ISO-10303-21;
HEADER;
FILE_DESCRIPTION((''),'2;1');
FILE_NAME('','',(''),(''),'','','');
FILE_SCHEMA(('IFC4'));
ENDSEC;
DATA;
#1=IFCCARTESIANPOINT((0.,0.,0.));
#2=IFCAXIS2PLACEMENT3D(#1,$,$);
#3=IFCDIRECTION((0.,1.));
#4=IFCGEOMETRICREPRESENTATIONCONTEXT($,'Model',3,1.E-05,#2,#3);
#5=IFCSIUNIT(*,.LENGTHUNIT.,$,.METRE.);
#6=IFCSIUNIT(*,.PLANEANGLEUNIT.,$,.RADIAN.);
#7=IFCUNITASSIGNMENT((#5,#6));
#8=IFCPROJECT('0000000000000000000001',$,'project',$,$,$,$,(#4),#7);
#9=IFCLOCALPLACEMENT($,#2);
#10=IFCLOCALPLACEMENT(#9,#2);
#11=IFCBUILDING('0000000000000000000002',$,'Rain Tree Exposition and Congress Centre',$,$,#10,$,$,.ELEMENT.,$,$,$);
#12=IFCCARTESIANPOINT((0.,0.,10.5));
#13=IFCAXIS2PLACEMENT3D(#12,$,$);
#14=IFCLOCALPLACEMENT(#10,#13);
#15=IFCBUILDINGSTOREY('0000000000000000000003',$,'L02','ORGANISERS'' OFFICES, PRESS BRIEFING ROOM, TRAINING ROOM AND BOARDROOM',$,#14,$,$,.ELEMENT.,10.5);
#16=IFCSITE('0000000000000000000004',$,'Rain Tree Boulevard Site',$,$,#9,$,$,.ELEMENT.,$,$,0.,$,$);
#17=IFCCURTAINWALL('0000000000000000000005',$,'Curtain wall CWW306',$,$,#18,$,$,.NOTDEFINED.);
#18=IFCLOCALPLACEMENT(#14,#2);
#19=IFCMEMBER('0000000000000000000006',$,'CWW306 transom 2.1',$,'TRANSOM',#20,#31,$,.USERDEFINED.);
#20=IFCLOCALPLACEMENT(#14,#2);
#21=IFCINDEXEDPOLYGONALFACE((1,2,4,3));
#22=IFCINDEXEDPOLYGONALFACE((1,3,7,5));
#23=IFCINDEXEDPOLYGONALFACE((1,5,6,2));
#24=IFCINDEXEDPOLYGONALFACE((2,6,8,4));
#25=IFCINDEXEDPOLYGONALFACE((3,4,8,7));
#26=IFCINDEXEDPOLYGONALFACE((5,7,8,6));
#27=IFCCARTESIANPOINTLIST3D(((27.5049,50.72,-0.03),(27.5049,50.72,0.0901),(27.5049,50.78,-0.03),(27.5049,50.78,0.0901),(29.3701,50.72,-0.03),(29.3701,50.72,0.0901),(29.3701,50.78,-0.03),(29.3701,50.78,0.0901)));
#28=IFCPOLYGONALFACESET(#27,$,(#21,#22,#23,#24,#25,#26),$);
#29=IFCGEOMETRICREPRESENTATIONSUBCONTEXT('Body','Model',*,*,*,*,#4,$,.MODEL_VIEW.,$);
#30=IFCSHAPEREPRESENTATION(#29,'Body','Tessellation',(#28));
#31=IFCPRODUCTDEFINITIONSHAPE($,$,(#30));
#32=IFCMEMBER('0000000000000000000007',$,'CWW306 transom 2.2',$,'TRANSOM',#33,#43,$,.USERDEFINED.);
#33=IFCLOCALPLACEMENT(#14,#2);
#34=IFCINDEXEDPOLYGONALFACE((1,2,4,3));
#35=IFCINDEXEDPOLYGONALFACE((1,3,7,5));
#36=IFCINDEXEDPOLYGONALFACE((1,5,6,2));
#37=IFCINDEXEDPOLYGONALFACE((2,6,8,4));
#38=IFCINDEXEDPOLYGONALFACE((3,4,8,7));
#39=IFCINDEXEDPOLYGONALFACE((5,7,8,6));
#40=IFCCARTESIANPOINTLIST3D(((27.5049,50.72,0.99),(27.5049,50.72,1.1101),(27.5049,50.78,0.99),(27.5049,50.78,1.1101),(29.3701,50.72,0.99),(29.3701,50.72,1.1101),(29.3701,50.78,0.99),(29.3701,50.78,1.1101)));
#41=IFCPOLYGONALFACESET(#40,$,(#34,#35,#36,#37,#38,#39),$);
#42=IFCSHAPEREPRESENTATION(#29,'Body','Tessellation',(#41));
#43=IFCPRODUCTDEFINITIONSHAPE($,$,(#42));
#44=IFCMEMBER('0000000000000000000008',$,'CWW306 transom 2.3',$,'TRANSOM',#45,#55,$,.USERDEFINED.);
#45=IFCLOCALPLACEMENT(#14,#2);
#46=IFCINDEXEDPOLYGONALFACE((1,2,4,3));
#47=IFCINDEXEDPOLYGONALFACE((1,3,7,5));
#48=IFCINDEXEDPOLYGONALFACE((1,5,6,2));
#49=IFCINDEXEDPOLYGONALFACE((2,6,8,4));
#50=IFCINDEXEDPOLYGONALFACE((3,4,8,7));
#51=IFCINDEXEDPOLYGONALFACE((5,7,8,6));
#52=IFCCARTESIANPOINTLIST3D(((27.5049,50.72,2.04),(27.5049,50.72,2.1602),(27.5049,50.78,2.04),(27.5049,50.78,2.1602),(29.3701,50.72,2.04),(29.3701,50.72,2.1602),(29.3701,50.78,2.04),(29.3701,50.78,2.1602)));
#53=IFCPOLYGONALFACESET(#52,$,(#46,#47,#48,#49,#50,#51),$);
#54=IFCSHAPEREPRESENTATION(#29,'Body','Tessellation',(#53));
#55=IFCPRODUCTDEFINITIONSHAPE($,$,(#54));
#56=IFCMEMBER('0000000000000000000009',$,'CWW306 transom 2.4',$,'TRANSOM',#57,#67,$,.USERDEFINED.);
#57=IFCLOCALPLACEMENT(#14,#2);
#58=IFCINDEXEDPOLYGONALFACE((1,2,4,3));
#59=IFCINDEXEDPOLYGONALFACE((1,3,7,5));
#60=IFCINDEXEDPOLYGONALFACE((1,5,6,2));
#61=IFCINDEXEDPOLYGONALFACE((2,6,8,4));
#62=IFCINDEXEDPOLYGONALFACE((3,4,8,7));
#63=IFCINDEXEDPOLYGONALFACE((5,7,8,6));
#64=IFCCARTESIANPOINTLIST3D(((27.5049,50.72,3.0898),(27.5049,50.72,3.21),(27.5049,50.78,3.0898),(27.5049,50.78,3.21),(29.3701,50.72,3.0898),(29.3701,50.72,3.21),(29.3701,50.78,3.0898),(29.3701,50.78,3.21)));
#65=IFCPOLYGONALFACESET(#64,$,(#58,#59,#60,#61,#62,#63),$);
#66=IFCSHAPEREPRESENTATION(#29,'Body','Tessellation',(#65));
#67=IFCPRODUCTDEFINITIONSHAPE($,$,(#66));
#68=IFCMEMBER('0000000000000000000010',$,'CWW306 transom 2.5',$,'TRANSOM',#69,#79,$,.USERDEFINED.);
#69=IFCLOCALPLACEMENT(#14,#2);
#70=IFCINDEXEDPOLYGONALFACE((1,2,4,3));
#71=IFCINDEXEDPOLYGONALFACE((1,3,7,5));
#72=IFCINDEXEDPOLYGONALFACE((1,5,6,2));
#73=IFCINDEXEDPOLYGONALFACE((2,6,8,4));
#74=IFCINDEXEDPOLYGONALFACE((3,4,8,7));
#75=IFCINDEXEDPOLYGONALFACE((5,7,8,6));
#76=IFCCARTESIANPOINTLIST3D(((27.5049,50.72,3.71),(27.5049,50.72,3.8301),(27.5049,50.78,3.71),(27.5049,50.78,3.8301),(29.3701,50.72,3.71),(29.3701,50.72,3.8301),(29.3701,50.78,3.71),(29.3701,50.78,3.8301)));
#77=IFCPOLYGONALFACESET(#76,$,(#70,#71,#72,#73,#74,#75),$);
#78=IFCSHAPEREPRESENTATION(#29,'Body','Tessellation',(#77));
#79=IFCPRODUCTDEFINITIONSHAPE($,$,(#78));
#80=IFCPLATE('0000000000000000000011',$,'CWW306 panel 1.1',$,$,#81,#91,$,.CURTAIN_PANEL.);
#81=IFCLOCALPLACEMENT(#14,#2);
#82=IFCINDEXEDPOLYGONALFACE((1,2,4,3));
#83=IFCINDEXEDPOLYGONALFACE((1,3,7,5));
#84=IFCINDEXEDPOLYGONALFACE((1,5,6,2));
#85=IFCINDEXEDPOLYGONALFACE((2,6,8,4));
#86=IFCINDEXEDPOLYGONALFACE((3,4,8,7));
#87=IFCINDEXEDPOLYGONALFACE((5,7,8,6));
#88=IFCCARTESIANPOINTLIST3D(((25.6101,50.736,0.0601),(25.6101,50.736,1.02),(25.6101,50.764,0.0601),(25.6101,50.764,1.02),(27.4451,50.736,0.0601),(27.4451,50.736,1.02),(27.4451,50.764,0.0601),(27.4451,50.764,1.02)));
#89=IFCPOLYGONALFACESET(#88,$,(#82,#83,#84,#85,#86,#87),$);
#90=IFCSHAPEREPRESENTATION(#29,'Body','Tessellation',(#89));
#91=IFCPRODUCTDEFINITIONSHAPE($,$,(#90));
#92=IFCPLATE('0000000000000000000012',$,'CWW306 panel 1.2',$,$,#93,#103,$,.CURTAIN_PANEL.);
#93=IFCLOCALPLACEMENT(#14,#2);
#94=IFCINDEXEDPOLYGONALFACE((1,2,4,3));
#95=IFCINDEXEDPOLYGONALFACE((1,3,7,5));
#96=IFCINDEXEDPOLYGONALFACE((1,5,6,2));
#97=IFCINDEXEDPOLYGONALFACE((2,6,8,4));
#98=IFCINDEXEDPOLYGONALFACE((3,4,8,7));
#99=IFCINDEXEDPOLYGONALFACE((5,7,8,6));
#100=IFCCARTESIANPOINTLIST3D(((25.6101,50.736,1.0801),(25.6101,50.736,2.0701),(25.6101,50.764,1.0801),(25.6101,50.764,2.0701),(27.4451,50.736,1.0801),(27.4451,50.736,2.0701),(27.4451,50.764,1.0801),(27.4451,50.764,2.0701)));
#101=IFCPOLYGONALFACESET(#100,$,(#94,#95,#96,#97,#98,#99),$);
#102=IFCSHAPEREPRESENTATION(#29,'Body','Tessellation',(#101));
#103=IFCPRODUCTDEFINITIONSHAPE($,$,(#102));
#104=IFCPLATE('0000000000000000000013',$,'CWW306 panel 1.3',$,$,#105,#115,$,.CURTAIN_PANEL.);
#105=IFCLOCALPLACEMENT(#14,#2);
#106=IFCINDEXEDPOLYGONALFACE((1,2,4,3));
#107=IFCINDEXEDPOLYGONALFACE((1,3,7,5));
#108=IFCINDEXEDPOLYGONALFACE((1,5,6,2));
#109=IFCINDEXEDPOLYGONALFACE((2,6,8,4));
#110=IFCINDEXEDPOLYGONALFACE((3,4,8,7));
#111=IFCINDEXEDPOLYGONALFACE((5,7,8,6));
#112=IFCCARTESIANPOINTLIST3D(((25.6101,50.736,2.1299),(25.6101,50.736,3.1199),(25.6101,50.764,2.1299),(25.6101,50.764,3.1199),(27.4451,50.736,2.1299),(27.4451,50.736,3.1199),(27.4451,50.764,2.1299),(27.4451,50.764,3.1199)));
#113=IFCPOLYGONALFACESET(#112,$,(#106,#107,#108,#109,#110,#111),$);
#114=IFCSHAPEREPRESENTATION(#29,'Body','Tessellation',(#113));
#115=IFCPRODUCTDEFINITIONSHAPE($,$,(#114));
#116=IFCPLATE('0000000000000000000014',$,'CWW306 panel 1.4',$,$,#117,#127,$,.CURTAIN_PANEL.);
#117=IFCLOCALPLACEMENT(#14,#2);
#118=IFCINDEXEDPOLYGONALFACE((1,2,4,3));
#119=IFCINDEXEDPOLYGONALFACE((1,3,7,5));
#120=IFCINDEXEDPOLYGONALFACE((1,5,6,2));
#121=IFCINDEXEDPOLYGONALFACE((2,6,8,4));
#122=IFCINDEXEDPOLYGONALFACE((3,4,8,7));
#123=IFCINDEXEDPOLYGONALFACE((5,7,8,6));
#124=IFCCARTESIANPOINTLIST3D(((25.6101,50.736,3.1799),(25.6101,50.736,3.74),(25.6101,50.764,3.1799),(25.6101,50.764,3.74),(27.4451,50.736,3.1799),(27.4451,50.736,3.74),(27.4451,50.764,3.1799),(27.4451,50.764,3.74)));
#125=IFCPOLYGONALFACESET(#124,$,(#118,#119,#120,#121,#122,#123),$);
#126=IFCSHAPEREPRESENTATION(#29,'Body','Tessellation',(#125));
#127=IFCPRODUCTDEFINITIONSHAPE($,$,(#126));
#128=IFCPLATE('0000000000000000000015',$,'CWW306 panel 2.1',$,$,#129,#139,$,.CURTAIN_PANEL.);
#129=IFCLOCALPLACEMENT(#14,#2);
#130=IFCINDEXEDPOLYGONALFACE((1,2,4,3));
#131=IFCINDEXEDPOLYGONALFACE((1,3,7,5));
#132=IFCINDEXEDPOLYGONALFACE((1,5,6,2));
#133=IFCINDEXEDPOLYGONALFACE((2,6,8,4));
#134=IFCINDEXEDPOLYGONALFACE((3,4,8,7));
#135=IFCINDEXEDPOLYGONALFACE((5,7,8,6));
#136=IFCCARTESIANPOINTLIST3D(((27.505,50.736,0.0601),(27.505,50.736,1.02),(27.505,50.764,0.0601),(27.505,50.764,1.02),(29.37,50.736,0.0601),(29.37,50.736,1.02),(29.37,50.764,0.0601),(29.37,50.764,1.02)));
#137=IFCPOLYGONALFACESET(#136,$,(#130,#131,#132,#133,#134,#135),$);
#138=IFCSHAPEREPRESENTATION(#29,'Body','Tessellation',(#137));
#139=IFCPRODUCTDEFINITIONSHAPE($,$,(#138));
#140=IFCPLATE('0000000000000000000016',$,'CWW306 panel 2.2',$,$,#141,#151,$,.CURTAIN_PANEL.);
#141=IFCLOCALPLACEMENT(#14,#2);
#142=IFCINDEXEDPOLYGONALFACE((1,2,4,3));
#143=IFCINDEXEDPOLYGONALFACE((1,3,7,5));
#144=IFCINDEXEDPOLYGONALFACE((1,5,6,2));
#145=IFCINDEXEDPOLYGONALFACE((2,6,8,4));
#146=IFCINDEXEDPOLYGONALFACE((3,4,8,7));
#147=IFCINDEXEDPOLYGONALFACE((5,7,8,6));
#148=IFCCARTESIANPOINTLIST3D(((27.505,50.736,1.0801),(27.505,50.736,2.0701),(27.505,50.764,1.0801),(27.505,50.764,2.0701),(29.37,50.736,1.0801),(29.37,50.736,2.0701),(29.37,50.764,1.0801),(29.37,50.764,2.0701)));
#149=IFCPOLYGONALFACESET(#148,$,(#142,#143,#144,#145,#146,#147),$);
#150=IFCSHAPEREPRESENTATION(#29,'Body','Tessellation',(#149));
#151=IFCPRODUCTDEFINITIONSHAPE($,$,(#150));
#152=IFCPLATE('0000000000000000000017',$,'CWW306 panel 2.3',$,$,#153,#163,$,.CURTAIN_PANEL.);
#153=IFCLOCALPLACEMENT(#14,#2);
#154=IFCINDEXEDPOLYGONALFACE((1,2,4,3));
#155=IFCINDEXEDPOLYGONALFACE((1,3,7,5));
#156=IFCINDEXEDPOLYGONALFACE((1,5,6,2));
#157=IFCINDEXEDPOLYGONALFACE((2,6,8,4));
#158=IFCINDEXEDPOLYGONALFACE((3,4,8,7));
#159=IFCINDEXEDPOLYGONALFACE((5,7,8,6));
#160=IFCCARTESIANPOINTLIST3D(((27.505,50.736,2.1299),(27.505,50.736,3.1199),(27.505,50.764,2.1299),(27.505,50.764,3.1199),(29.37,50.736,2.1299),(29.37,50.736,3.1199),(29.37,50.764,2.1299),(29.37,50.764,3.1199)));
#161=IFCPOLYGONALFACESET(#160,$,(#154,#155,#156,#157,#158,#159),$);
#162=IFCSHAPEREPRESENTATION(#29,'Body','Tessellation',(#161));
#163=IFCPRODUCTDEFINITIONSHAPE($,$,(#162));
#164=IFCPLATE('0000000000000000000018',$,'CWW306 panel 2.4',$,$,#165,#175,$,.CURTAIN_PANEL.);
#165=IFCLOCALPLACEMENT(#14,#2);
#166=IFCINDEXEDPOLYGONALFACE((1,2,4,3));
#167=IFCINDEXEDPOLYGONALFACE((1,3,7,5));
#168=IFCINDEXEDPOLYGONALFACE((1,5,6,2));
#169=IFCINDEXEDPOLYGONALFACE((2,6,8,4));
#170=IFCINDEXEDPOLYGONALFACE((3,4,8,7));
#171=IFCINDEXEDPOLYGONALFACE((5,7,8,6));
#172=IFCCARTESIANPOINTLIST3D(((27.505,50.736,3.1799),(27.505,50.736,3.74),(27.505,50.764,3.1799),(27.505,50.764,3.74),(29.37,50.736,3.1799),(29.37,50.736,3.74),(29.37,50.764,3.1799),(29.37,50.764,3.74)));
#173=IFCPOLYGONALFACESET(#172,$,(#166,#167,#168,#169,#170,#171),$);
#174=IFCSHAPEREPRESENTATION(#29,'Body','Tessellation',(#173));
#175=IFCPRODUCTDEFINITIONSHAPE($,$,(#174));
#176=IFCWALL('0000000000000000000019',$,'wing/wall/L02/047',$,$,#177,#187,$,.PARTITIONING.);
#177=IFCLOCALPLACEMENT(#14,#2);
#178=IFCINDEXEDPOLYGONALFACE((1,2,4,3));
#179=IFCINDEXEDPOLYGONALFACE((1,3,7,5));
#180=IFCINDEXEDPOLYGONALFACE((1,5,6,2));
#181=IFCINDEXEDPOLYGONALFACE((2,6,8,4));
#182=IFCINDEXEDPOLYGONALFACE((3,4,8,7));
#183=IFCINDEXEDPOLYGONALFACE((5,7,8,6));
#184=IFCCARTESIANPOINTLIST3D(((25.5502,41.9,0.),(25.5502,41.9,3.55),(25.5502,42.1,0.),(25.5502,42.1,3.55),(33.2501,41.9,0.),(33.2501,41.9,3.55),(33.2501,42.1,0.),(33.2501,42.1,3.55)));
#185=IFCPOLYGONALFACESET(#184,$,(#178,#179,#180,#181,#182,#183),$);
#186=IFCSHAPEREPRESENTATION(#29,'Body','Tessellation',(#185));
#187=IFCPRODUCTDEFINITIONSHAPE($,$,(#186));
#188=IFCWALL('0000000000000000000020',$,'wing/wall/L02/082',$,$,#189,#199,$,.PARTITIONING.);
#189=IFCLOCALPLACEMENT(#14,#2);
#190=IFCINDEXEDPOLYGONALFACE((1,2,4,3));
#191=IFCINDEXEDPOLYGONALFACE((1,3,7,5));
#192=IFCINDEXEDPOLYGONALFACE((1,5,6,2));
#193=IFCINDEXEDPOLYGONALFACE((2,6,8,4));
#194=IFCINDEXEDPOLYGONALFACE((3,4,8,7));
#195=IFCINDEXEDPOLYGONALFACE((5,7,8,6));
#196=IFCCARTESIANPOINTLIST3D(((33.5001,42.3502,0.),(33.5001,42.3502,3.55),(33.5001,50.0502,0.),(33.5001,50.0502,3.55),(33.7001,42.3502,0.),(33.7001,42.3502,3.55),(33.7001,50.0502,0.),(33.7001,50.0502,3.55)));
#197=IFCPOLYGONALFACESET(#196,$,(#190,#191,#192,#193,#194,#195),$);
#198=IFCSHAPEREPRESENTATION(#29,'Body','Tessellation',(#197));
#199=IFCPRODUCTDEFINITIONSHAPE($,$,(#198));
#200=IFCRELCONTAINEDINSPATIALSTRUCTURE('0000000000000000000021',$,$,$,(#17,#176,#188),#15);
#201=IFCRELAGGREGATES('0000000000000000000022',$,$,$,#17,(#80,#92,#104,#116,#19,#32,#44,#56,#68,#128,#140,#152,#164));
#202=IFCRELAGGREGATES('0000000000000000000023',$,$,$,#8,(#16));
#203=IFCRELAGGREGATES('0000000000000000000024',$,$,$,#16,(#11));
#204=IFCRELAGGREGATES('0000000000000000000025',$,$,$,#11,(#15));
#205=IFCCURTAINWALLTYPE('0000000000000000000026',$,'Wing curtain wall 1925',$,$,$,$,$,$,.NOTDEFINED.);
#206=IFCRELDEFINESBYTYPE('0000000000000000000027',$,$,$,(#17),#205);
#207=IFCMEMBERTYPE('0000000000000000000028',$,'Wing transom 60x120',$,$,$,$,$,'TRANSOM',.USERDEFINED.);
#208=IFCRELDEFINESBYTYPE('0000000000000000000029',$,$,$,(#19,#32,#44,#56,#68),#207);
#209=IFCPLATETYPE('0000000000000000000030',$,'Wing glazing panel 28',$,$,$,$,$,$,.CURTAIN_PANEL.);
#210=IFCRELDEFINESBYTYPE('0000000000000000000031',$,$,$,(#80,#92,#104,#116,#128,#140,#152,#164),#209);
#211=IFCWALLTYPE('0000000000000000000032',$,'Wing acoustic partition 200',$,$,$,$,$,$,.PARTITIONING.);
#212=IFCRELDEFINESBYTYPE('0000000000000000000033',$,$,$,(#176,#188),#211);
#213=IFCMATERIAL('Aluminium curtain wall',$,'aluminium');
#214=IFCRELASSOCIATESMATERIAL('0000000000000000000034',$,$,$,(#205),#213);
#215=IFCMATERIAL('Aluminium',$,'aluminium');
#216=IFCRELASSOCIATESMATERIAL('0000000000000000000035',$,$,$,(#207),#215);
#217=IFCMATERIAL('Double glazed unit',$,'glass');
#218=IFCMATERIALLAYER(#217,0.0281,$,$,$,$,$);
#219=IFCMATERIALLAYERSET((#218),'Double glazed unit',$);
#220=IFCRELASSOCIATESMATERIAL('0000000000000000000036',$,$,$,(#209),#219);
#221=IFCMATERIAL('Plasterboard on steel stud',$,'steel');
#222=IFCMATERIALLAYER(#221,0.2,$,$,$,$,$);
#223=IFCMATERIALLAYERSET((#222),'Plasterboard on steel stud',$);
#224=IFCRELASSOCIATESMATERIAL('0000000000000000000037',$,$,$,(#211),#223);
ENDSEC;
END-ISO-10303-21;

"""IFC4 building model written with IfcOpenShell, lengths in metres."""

from ifc_helpers import new_model, si_unit, direction, frame, frame_2d, origin, origin_2d, place, context, subcontext, project, spatial, rectangle, extrude, material, layer, layer_set, material_profile, profile_set, type_object, element, aggregate, save


model = new_model("IFC4")

# Units and contexts
model_context = context("Model", 3, precision=1e-05, world=origin(), true_north=direction((0.0, 1.0)))
body_context = subcontext(model_context, "Body", "Model", "MODEL_VIEW")
ifc_project = project(units=[si_unit("LENGTHUNIT", "METRE"), si_unit("PLANEANGLEUNIT", "RADIAN")], contexts=[model_context])

# Site, building, storey
site_placement = place(None, origin())
site = spatial("IfcSite", under=ifc_project, at=site_placement, Name="Rain Tree Boulevard Site", CompositionType="ELEMENT", RefElevation=0.0)
building_placement = place(site_placement, origin())
building = spatial("IfcBuilding", under=site, at=building_placement, Name="Rain Tree Exposition and Congress Centre", CompositionType="ELEMENT")
storey_placement = place(building_placement, frame((0.0, 0.0, 10.5)))
storey = spatial("IfcBuildingStorey", under=building, at=storey_placement, Name="L02", Description="ORGANISERS' OFFICES, PRESS BRIEFING ROOM, TRAINING ROOM AND BOARDROOM", CompositionType="ELEMENT", Elevation=10.5)

# Curtain wall, members, plates
ifc_material_1 = material(Name="Aluminium curtain wall", Category="aluminium")
curtain_wall_type = type_object("IfcCurtainWallType", Name="Wing curtain wall 1925", PredefinedType="NOTDEFINED", material=ifc_material_1)
curtain_wall_placement = place(storey_placement, origin())
curtain_wall = element("IfcCurtainWall", 1, at=curtain_wall_placement, inside=storey, type_object=curtain_wall_type, Name="Curtain wall CWW306", PredefinedType="NOTDEFINED")
ifc_material_2 = material(Name="Aluminium", Category="aluminium")
ifc_material_profile_1 = material_profile(ifc_material_2, rectangle(XDim=0.0601, YDim=0.1201, at=origin_2d()), Name="Aluminium 60x120")
ifc_profile_set_1 = profile_set([ifc_material_profile_1], Name="Aluminium")
member_type_1 = type_object("IfcMemberType", Name="Wing transom 60x120", ElementType="TRANSOM", PredefinedType="USERDEFINED", material=ifc_profile_set_1)
member_1_placement = place(storey_placement, frame((27.5049, 50.75, 0.03), z_axis=(1.0, 0.0, 0.0), x_axis=(0.0, 1.0, 0.0)))
member_1 = element("IfcMember", 2, at=member_1_placement, type_object=member_type_1, Name="CWW306 transom 2.1", ObjectType="TRANSOM", PredefinedType="USERDEFINED", context=body_context, shape_type="SweptSolid", body=[
    extrude(rectangle(XDim=0.0601, YDim=0.1201, at=origin_2d()), origin(), (0.0, 0.0, 1.0), 1.8652),
])
member_2_placement = place(storey_placement, frame((27.5049, 50.75, 1.05), z_axis=(1.0, 0.0, 0.0), x_axis=(0.0, 1.0, 0.0)))
member_2 = element("IfcMember", 3, at=member_2_placement, type_object=member_type_1, Name="CWW306 transom 2.2", ObjectType="TRANSOM", PredefinedType="USERDEFINED", context=body_context, shape_type="SweptSolid", body=[
    extrude(rectangle(XDim=0.0601, YDim=0.1201, at=origin_2d()), origin(), (0.0, 0.0, 1.0), 1.8652),
])
member_3_placement = place(storey_placement, frame((27.5049, 50.75, 2.1001), z_axis=(1.0, 0.0, 0.0), x_axis=(0.0, 1.0, 0.0)))
member_3 = element("IfcMember", 4, at=member_3_placement, type_object=member_type_1, Name="CWW306 transom 2.3", ObjectType="TRANSOM", PredefinedType="USERDEFINED", context=body_context, shape_type="SweptSolid", body=[
    extrude(rectangle(XDim=0.0601, YDim=0.1201, at=origin_2d()), origin(), (0.0, 0.0, 1.0), 1.8652),
])
member_4_placement = place(storey_placement, frame((27.5049, 50.75, 3.1499), z_axis=(1.0, 0.0, 0.0), x_axis=(0.0, 1.0, 0.0)))
member_4 = element("IfcMember", 5, at=member_4_placement, type_object=member_type_1, Name="CWW306 transom 2.4", ObjectType="TRANSOM", PredefinedType="USERDEFINED", context=body_context, shape_type="SweptSolid", body=[
    extrude(rectangle(XDim=0.0601, YDim=0.1201, at=origin_2d()), origin(), (0.0, 0.0, 1.0), 1.8652),
])
member_5_placement = place(storey_placement, frame((27.5049, 50.75, 3.77), z_axis=(1.0, 0.0, 0.0), x_axis=(0.0, 1.0, 0.0)))
member_5 = element("IfcMember", 6, at=member_5_placement, type_object=member_type_1, Name="CWW306 transom 2.5", ObjectType="TRANSOM", PredefinedType="USERDEFINED", context=body_context, shape_type="SweptSolid", body=[
    extrude(rectangle(XDim=0.0601, YDim=0.1201, at=origin_2d()), origin(), (0.0, 0.0, 1.0), 1.8652),
])
ifc_material_3 = material(Name="Double glazed unit", Category="glass")
ifc_layer_1 = layer(ifc_material_3, 0.0281)
ifc_layer_set_1 = layer_set([ifc_layer_1], Name="Double glazed unit")
plate_type = type_object("IfcPlateType", Name="Wing glazing panel 28", PredefinedType="CURTAIN_PANEL", material=ifc_layer_set_1)
plate_1_placement = place(storey_placement, frame((26.5276, 50.75, 0.0601), z_axis=(0.0, 0.0, 1.0), x_axis=(1.0, 0.0, 0.0)))
plate_1 = element("IfcPlate", 7, at=plate_1_placement, type_object=plate_type, Name="CWW306 panel 1.1", PredefinedType="CURTAIN_PANEL", context=body_context, shape_type="SweptSolid", body=[
    extrude(rectangle(XDim=1.835, YDim=0.0281, at=origin_2d()), origin(), (0.0, 0.0, 1.0), 0.96),
])
plate_2_placement = place(storey_placement, frame((26.5276, 50.75, 1.0801), z_axis=(0.0, 0.0, 1.0), x_axis=(1.0, 0.0, 0.0)))
plate_2 = element("IfcPlate", 8, at=plate_2_placement, type_object=plate_type, Name="CWW306 panel 1.2", PredefinedType="CURTAIN_PANEL", context=body_context, shape_type="SweptSolid", body=[
    extrude(rectangle(XDim=1.835, YDim=0.0281, at=origin_2d()), origin(), (0.0, 0.0, 1.0), 0.99),
])
plate_3_placement = place(storey_placement, frame((26.5276, 50.75, 2.1299), z_axis=(0.0, 0.0, 1.0), x_axis=(1.0, 0.0, 0.0)))
plate_3 = element("IfcPlate", 9, at=plate_3_placement, type_object=plate_type, Name="CWW306 panel 1.3", PredefinedType="CURTAIN_PANEL", context=body_context, shape_type="SweptSolid", body=[
    extrude(rectangle(XDim=1.835, YDim=0.0281, at=origin_2d()), origin(), (0.0, 0.0, 1.0), 0.99),
])
plate_4_placement = place(storey_placement, frame((26.5276, 50.75, 3.1799), z_axis=(0.0, 0.0, 1.0), x_axis=(1.0, 0.0, 0.0)))
plate_4 = element("IfcPlate", 10, at=plate_4_placement, type_object=plate_type, Name="CWW306 panel 1.4", PredefinedType="CURTAIN_PANEL", context=body_context, shape_type="SweptSolid", body=[
    extrude(rectangle(XDim=1.835, YDim=0.0281, at=origin_2d()), origin(), (0.0, 0.0, 1.0), 0.5601),
])
plate_5_placement = place(storey_placement, frame((28.4375, 50.75, 0.0601), z_axis=(0.0, 0.0, 1.0), x_axis=(1.0, 0.0, 0.0)))
plate_5 = element("IfcPlate", 11, at=plate_5_placement, type_object=plate_type, Name="CWW306 panel 2.1", PredefinedType="CURTAIN_PANEL", context=body_context, shape_type="SweptSolid", body=[
    extrude(rectangle(XDim=1.865, YDim=0.0281, at=origin_2d()), origin(), (0.0, 0.0, 1.0), 0.96),
])
plate_6_placement = place(storey_placement, frame((28.4375, 50.75, 1.0801), z_axis=(0.0, 0.0, 1.0), x_axis=(1.0, 0.0, 0.0)))
plate_6 = element("IfcPlate", 12, at=plate_6_placement, type_object=plate_type, Name="CWW306 panel 2.2", PredefinedType="CURTAIN_PANEL", context=body_context, shape_type="SweptSolid", body=[
    extrude(rectangle(XDim=1.865, YDim=0.0281, at=origin_2d()), origin(), (0.0, 0.0, 1.0), 0.99),
])
plate_7_placement = place(storey_placement, frame((28.4375, 50.75, 2.1299), z_axis=(0.0, 0.0, 1.0), x_axis=(1.0, 0.0, 0.0)))
plate_7 = element("IfcPlate", 13, at=plate_7_placement, type_object=plate_type, Name="CWW306 panel 2.3", PredefinedType="CURTAIN_PANEL", context=body_context, shape_type="SweptSolid", body=[
    extrude(rectangle(XDim=1.865, YDim=0.0281, at=origin_2d()), origin(), (0.0, 0.0, 1.0), 0.99),
])
plate_8_placement = place(storey_placement, frame((28.4375, 50.75, 3.1799), z_axis=(0.0, 0.0, 1.0), x_axis=(1.0, 0.0, 0.0)))
plate_8 = element("IfcPlate", 14, at=plate_8_placement, type_object=plate_type, Name="CWW306 panel 2.4", PredefinedType="CURTAIN_PANEL", context=body_context, shape_type="SweptSolid", body=[
    extrude(rectangle(XDim=1.865, YDim=0.0281, at=origin_2d()), origin(), (0.0, 0.0, 1.0), 0.5601),
])
aggregate(curtain_wall, [plate_1, plate_2, plate_3, plate_4, member_1, member_2, member_3, member_4, member_5, plate_5, plate_6, plate_7, plate_8])

# Shared definitions
ifc_material_4 = material(Name="Plasterboard on steel stud", Category="steel")
ifc_layer_2 = layer(ifc_material_4, 0.2)
ifc_layer_set_2 = layer_set([ifc_layer_2], Name="Plasterboard on steel stud")
wall_type = type_object("IfcWallType", Name="Wing acoustic partition 200", PredefinedType="PARTITIONING", material=ifc_layer_set_2)

# Wall
wall_1_placement = place(storey_placement, frame((25.55, 42.0, 0.0), z_axis=(0.0, 0.0, 1.0), x_axis=(1.0, 0.0, 0.0)))
element("IfcWall", 15, at=wall_1_placement, inside=storey, type_object=wall_type, Name="wing/wall/L02/047", PredefinedType="PARTITIONING", context=body_context, shape_type="SweptSolid", body=[
    extrude(rectangle(XDim=7.7, YDim=0.2, at=frame_2d((3.8501, 0.0))), origin(), (0.0, 0.0, 1.0), 3.55),
])

# Wall
wall_2_placement = place(storey_placement, frame((33.6001, 42.3501, 0.0), z_axis=(0.0, 0.0, 1.0), x_axis=(0.0, 1.0, 0.0)))
element("IfcWall", 16, at=wall_2_placement, inside=storey, type_object=wall_type, Name="wing/wall/L02/082", PredefinedType="PARTITIONING", context=body_context, shape_type="SweptSolid", body=[
    extrude(rectangle(XDim=7.7, YDim=0.2, at=frame_2d((3.8501, 0.0))), origin(), (0.0, 0.0, 1.0), 3.55),
])

save(model, "model.ifc")
